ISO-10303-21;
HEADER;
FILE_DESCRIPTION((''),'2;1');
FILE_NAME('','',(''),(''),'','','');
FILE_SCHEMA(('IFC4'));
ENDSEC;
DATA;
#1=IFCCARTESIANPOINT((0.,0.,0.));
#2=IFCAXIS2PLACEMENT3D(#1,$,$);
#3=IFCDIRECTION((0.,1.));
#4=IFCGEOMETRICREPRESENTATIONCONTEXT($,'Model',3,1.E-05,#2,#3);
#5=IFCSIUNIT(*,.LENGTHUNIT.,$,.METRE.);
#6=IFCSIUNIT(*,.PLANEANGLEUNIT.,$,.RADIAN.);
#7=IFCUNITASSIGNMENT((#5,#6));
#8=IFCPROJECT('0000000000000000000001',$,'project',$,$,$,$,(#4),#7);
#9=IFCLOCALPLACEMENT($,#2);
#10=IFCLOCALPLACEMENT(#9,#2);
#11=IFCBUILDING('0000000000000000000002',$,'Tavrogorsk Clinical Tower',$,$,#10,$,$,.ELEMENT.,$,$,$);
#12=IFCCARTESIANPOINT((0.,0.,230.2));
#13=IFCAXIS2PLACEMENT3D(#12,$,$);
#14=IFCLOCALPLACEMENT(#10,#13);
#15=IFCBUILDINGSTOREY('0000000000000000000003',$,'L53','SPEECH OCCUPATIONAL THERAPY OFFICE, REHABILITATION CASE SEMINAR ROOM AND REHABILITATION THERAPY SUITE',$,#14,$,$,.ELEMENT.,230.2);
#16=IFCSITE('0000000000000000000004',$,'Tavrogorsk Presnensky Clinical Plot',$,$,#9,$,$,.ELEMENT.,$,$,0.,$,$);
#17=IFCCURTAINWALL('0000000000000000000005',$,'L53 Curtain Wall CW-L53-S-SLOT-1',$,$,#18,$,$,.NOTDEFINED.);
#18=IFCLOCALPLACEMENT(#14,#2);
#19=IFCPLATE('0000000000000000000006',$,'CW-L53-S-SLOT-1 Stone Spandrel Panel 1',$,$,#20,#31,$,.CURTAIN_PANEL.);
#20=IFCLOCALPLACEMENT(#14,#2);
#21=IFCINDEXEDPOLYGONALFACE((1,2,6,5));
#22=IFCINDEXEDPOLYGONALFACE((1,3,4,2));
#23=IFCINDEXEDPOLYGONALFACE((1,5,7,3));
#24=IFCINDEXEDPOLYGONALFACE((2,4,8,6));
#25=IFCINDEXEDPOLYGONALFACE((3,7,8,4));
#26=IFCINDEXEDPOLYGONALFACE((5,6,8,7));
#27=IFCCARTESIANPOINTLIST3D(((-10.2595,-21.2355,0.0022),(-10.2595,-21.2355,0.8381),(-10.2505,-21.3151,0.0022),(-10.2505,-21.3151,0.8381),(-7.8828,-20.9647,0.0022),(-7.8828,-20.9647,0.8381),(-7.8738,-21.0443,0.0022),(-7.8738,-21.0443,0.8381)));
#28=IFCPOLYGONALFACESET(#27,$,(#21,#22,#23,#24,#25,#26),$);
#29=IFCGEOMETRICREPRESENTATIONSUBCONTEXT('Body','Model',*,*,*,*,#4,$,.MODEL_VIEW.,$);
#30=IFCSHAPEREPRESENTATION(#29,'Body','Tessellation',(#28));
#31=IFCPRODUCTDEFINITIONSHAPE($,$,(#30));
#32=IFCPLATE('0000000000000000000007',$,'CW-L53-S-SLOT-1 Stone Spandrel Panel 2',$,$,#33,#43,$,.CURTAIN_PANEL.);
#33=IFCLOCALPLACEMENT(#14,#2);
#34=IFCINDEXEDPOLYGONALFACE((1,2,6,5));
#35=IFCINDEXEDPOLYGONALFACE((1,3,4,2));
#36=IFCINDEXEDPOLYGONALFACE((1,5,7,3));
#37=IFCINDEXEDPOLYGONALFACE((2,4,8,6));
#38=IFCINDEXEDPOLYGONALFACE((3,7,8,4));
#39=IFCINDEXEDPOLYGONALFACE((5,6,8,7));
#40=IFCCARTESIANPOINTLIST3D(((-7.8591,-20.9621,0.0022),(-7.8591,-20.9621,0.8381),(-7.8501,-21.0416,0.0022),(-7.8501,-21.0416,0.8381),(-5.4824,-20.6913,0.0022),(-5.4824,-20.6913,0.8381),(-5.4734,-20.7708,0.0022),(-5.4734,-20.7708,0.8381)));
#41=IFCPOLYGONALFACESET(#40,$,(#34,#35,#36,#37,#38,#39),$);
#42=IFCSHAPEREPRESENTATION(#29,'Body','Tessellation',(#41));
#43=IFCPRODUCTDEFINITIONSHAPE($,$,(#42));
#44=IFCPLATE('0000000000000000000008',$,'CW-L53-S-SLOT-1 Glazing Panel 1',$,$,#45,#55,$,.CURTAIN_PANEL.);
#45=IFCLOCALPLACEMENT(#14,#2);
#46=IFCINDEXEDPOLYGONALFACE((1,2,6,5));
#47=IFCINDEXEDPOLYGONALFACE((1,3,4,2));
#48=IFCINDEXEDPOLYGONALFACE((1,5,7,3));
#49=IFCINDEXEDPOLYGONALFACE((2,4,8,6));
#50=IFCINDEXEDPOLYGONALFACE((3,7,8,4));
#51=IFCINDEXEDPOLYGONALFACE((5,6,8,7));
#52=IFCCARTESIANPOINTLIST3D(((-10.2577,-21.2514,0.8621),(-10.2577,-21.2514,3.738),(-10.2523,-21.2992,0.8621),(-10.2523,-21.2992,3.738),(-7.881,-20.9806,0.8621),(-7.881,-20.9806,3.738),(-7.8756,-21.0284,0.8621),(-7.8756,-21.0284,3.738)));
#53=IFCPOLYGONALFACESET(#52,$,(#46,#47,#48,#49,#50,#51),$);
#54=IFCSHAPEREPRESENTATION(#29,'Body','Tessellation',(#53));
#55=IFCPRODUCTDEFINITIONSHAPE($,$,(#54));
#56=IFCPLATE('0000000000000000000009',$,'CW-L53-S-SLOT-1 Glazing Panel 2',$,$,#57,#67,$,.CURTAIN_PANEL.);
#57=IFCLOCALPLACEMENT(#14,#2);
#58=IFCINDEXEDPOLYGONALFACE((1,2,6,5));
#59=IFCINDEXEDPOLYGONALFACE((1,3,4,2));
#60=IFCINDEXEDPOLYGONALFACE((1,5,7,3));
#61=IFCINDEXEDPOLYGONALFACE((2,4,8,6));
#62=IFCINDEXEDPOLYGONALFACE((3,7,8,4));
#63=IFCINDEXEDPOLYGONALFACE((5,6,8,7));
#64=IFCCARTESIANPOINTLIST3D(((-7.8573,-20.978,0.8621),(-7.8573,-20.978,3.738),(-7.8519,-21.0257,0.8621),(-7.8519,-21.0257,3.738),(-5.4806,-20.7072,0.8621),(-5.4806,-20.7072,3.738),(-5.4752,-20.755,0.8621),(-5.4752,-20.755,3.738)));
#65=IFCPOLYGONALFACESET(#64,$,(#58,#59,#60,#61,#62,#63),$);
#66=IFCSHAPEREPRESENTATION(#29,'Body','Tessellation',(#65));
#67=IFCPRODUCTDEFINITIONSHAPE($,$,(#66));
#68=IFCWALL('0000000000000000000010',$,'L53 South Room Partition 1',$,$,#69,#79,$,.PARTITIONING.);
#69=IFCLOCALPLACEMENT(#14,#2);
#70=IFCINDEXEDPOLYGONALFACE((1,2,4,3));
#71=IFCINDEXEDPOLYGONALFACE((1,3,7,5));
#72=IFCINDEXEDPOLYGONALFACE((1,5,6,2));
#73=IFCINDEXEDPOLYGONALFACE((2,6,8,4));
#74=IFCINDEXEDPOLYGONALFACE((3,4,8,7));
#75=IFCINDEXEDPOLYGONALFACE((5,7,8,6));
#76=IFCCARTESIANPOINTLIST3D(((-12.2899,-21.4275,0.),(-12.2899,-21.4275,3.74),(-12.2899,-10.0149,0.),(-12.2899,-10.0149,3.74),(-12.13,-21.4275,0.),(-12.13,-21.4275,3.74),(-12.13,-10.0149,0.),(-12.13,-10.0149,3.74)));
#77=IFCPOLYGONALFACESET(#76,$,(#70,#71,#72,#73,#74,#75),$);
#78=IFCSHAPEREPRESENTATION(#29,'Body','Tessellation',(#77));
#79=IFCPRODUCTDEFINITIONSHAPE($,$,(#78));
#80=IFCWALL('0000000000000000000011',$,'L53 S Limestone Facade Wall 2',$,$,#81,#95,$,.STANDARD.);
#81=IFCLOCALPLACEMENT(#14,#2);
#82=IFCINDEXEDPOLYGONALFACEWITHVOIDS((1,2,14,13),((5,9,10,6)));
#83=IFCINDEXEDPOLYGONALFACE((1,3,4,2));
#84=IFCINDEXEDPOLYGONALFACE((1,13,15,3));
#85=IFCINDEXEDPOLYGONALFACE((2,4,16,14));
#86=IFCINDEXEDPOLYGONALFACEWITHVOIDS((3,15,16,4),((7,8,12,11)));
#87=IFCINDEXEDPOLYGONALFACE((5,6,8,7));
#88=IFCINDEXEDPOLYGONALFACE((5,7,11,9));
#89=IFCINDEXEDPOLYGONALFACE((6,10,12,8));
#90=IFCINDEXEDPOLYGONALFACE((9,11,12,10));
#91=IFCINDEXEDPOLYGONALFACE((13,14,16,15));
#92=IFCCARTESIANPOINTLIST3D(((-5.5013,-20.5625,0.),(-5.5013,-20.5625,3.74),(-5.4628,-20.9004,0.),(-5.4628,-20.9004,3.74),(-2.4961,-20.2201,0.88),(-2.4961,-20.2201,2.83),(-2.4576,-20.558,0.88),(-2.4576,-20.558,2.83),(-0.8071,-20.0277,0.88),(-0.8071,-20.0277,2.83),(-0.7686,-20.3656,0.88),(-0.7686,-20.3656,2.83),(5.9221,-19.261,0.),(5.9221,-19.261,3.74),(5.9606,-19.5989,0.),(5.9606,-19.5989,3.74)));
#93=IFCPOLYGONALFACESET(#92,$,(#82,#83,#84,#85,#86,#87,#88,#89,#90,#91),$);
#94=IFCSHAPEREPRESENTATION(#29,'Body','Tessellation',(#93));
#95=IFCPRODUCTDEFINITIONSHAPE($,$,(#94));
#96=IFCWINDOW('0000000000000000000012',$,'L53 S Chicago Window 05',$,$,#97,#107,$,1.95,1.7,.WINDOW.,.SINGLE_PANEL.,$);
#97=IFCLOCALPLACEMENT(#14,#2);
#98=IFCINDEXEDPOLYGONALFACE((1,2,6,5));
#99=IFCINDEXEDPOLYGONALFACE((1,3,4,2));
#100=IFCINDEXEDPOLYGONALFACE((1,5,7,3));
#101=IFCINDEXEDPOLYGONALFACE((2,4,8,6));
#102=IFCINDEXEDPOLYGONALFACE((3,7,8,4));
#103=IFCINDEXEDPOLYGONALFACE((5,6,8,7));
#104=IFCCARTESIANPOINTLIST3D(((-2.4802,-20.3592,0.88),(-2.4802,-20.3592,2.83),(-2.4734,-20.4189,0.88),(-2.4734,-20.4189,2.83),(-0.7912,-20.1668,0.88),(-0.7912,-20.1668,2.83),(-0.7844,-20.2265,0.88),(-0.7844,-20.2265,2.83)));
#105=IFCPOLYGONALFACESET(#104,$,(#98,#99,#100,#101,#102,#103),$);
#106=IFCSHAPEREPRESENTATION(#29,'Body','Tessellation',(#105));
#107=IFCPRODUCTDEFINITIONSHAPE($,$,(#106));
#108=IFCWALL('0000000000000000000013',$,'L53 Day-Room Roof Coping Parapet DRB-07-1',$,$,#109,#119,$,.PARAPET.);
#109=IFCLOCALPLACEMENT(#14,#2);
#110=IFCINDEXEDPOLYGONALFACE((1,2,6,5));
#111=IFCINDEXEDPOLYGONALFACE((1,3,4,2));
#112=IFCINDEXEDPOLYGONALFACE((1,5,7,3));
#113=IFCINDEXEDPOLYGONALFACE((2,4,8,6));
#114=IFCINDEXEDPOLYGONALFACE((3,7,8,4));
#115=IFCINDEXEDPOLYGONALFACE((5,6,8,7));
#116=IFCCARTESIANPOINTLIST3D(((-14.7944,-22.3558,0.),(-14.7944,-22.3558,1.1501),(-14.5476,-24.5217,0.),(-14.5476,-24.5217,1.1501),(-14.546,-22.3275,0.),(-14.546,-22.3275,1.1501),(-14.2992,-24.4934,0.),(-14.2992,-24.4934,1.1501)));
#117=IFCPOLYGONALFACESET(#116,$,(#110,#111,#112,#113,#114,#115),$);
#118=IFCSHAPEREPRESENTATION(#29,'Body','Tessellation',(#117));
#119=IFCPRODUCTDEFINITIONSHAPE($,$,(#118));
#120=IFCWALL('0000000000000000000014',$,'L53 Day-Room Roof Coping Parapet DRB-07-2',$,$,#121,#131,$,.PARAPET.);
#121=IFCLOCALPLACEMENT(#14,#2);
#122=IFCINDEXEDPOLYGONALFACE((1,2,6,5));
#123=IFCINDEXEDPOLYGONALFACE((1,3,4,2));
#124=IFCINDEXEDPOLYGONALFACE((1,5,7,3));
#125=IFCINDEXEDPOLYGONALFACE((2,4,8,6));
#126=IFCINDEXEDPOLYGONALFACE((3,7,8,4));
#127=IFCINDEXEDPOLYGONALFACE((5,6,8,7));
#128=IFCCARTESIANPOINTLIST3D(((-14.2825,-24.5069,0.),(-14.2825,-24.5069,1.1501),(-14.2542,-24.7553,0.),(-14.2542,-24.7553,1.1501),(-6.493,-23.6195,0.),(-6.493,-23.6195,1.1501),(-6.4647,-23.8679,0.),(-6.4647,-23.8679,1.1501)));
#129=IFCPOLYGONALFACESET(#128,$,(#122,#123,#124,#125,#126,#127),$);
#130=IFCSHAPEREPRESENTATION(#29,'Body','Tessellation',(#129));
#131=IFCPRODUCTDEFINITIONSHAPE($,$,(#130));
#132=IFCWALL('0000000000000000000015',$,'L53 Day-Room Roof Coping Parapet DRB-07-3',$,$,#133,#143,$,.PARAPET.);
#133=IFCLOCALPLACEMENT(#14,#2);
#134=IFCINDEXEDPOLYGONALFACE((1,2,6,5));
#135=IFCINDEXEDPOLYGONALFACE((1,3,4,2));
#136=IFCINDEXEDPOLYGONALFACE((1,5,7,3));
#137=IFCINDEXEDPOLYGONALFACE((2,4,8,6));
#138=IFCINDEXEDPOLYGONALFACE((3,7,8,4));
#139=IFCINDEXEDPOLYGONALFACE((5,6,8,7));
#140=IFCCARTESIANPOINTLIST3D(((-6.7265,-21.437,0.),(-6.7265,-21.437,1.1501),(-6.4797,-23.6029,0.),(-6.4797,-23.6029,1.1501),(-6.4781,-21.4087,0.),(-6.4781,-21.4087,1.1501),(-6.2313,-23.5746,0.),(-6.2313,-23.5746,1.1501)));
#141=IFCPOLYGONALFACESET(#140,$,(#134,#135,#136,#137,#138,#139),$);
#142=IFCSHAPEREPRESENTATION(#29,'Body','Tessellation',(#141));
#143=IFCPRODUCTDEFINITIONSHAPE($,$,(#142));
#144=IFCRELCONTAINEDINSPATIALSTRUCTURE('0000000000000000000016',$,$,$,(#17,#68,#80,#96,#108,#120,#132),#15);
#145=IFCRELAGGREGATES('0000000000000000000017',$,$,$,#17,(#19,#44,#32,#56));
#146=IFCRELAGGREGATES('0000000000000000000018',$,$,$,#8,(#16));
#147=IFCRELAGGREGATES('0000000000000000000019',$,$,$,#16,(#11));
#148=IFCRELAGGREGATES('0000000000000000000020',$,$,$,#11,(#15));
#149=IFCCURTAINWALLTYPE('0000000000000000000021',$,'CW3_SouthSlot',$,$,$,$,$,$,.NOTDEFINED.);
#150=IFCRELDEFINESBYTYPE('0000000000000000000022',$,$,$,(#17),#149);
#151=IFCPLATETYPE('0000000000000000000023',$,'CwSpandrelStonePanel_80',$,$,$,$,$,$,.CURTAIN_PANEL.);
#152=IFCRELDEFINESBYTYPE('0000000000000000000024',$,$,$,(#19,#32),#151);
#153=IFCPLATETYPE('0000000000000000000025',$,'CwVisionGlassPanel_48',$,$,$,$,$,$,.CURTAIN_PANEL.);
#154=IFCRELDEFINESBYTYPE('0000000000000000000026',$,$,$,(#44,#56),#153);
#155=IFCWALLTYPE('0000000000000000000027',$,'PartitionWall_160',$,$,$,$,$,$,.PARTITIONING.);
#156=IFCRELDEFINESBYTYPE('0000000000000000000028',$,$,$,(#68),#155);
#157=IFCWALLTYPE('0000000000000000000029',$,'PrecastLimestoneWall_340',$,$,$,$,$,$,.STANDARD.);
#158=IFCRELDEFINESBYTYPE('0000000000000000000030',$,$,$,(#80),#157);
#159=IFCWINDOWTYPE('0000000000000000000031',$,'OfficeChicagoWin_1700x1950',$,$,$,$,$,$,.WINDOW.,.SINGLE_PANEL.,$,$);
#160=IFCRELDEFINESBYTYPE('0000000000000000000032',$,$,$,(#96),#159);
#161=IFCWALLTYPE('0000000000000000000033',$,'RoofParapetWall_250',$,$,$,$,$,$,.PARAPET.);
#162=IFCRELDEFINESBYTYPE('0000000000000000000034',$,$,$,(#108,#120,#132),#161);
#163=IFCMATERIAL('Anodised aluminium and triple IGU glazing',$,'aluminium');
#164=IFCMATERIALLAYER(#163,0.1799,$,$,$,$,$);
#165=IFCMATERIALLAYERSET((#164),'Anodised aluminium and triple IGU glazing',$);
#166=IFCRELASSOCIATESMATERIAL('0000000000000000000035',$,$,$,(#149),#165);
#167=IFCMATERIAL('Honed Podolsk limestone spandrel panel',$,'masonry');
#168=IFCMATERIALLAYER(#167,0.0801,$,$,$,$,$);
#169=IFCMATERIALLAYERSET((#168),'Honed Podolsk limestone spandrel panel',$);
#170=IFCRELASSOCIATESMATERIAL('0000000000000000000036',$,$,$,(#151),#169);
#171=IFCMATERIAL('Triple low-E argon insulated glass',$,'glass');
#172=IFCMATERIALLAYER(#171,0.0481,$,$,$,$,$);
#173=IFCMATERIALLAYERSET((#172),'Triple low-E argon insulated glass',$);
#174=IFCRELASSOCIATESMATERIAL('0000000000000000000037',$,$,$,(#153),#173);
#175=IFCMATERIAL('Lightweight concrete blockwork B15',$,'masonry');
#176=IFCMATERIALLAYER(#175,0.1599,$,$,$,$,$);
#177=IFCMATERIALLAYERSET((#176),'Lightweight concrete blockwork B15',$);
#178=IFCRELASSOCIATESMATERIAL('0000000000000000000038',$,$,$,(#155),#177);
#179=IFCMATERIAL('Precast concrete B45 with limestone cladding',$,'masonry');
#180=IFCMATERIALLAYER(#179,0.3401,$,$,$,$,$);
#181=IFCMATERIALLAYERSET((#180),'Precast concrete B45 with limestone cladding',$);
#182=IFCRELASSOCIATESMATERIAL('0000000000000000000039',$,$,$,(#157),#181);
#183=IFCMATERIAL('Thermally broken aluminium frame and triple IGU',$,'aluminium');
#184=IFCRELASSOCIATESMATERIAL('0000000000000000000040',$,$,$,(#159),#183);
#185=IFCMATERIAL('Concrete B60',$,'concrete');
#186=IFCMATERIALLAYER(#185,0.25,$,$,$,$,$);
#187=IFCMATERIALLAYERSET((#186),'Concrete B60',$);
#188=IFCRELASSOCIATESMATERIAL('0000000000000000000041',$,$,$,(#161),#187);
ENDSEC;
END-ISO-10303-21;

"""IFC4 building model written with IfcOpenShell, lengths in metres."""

from ifc_helpers import new_model, si_unit, direction, frame, frame_2d, origin, origin_2d, place, context, subcontext, project, spatial, rectangle, extrude, material, layer, layer_set, type_object, element, fill, aggregate, save


model = new_model("IFC4")

# Units and contexts
model_context = context("Model", 3, precision=1e-05, world=origin(), true_north=direction((0.0, 1.0)))
body_context = subcontext(model_context, "Body", "Model", "MODEL_VIEW")
ifc_project = project(units=[si_unit("LENGTHUNIT", "METRE"), si_unit("PLANEANGLEUNIT", "RADIAN")], contexts=[model_context])

# Site, building, storey
site_placement = place(None, origin())
site = spatial("IfcSite", under=ifc_project, at=site_placement, Name="Tavrogorsk Presnensky Clinical Plot", CompositionType="ELEMENT", RefElevation=0.0)
building_placement = place(site_placement, origin())
building = spatial("IfcBuilding", under=site, at=building_placement, Name="Tavrogorsk Clinical Tower", CompositionType="ELEMENT")
storey_placement = place(building_placement, frame((0.0, 0.0, 230.2)))
storey = spatial("IfcBuildingStorey", under=building, at=storey_placement, Name="L53", Description="SPEECH OCCUPATIONAL THERAPY OFFICE, REHABILITATION CASE SEMINAR ROOM AND REHABILITATION THERAPY SUITE", CompositionType="ELEMENT", Elevation=230.2)

# Curtain wall
ifc_material_1 = material(Name="Anodised aluminium and triple IGU glazing", Category="aluminium")
ifc_layer_1 = layer(ifc_material_1, 0.1799)
ifc_layer_set_1 = layer_set([ifc_layer_1], Name="Anodised aluminium and triple IGU glazing")
curtain_wall_type = type_object("IfcCurtainWallType", Name="CW3_SouthSlot", PredefinedType="NOTDEFINED", material=ifc_layer_set_1)
curtain_wall_placement = place(storey_placement, origin())
curtain_wall = element("IfcCurtainWall", 1, at=curtain_wall_placement, inside=storey, type_object=curtain_wall_type, Name="L53 Curtain Wall CW-L53-S-SLOT-1", PredefinedType="NOTDEFINED")

# Plates
ifc_material_2 = material(Name="Honed Podolsk limestone spandrel panel", Category="masonry")
ifc_layer_2 = layer(ifc_material_2, 0.0801)
ifc_layer_set_2 = layer_set([ifc_layer_2], Name="Honed Podolsk limestone spandrel panel")
plate_type_1 = type_object("IfcPlateType", Name="CwSpandrelStonePanel_80", PredefinedType="CURTAIN_PANEL", material=ifc_layer_set_2)
plate_1_placement = place(storey_placement, frame((-9.0667, -21.1399, 0.0022), z_axis=(0.0, 0.0, 1.0), x_axis=(0.993572, 0.113203, 0.0)))
plate_1 = element("IfcPlate", 2, at=plate_1_placement, type_object=plate_type_1, Name="CW-L53-S-SLOT-1 Stone Spandrel Panel 1", PredefinedType="CURTAIN_PANEL", context=body_context, shape_type="SweptSolid", body=[
    extrude(rectangle(XDim=2.3921, YDim=0.0801, at=origin_2d()), origin(), (0.0, 0.0, 1.0), 0.8359),
])
plate_2_placement = place(storey_placement, frame((-6.6663, -20.8665, 0.0022), z_axis=(0.0, 0.0, 1.0), x_axis=(0.993572, 0.113203, 0.0)))
plate_2 = element("IfcPlate", 3, at=plate_2_placement, type_object=plate_type_1, Name="CW-L53-S-SLOT-1 Stone Spandrel Panel 2", PredefinedType="CURTAIN_PANEL", context=body_context, shape_type="SweptSolid", body=[
    extrude(rectangle(XDim=2.3921, YDim=0.0801, at=origin_2d()), origin(), (0.0, 0.0, 1.0), 0.8359),
])
ifc_material_3 = material(Name="Triple low-E argon insulated glass", Category="glass")
ifc_layer_3 = layer(ifc_material_3, 0.0481)
ifc_layer_set_3 = layer_set([ifc_layer_3], Name="Triple low-E argon insulated glass")
plate_type_2 = type_object("IfcPlateType", Name="CwVisionGlassPanel_48", PredefinedType="CURTAIN_PANEL", material=ifc_layer_set_3)
plate_3_placement = place(storey_placement, frame((-9.0667, -21.1399, 0.8621), z_axis=(0.0, 0.0, 1.0), x_axis=(0.993572, 0.113203, 0.0)))
plate_3 = element("IfcPlate", 4, at=plate_3_placement, type_object=plate_type_2, Name="CW-L53-S-SLOT-1 Glazing Panel 1", PredefinedType="CURTAIN_PANEL", context=body_context, shape_type="SweptSolid", body=[
    extrude(rectangle(XDim=2.3921, YDim=0.0481, at=origin_2d()), origin(), (0.0, 0.0, 1.0), 2.876),
])
plate_4_placement = place(storey_placement, frame((-6.6663, -20.8665, 0.8621), z_axis=(0.0, 0.0, 1.0), x_axis=(0.993572, 0.113203, 0.0)))
plate_4 = element("IfcPlate", 5, at=plate_4_placement, type_object=plate_type_2, Name="CW-L53-S-SLOT-1 Glazing Panel 2", PredefinedType="CURTAIN_PANEL", context=body_context, shape_type="SweptSolid", body=[
    extrude(rectangle(XDim=2.3921, YDim=0.0481, at=origin_2d()), origin(), (0.0, 0.0, 1.0), 2.876),
])
aggregate(curtain_wall, [plate_1, plate_3, plate_2, plate_4])

# Wall
ifc_material_4 = material(Name="Lightweight concrete blockwork B15", Category="masonry")
ifc_layer_4 = layer(ifc_material_4, 0.1599)
ifc_layer_set_4 = layer_set([ifc_layer_4], Name="Lightweight concrete blockwork B15")
wall_type_1 = type_object("IfcWallType", Name="PartitionWall_160", PredefinedType="PARTITIONING", material=ifc_layer_set_4)
wall_1_placement = place(storey_placement, frame((-12.21, -21.4275, 0.0), z_axis=(0.0, 0.0, 1.0), x_axis=(0.0, 1.0, 0.0)))
element("IfcWall", 6, at=wall_1_placement, inside=storey, type_object=wall_type_1, Name="L53 South Room Partition 1", PredefinedType="PARTITIONING", context=body_context, shape_type="SweptSolid", body=[
    extrude(rectangle(XDim=11.4126, YDim=0.1599, at=frame_2d((5.7063, 0.0))), origin(), (0.0, 0.0, 1.0), 3.74),
])

# Wall, opening, window
ifc_material_5 = material(Name="Precast concrete B45 with limestone cladding", Category="masonry")
ifc_layer_5 = layer(ifc_material_5, 0.3401)
ifc_layer_set_5 = layer_set([ifc_layer_5], Name="Precast concrete B45 with limestone cladding")
wall_type_2 = type_object("IfcWallType", Name="PrecastLimestoneWall_340", PredefinedType="STANDARD", material=ifc_layer_set_5)
wall_2_placement = place(storey_placement, frame((-5.4819, -20.7314, 0.0), z_axis=(0.0, 0.0, 1.0), x_axis=(0.993572, 0.113202, 0.0)))
wall_2 = element("IfcWall", 7, at=wall_2_placement, inside=storey, type_object=wall_type_2, Name="L53 S Limestone Facade Wall 2", PredefinedType="STANDARD", context=body_context, shape_type="SweptSolid", body=[
    extrude(rectangle(XDim=11.4973, YDim=0.3401, at=frame_2d((5.7485, 0.0))), origin(), (0.0, 0.0, 1.0), 3.74),
])
opening_placement = place(wall_2_placement, frame((3.0244, 0.0, 0.8799)))
opening = element("IfcOpeningElement", 8, at=opening_placement, cuts=wall_2, PredefinedType="OPENING", context=body_context, shape_type="SweptSolid", body=[
    extrude(rectangle(XDim=1.7, YDim=1.95, at=frame_2d((0.8501, 0.9751))), frame((0.0, 0.1799, 0.0), z_axis=(0.0, -1.0, 0.0), x_axis=(1.0, 0.0, 0.0)), (0.0, 0.0, 1.0), 0.3601),
])
ifc_material_6 = material(Name="Thermally broken aluminium frame and triple IGU", Category="aluminium")
window_type = type_object("IfcWindowType", Name="OfficeChicagoWin_1700x1950", PartitioningType="SINGLE_PANEL", PredefinedType="WINDOW", material=ifc_material_6)
window_placement = place(opening_placement, origin())
window = element("IfcWindow", 9, at=window_placement, inside=storey, type_object=window_type, Name="L53 S Chicago Window 05", OverallHeight=1.95, OverallWidth=1.7, PartitioningType="SINGLE_PANEL", PredefinedType="WINDOW", context=body_context, shape_type="SweptSolid", body=[
    extrude(rectangle(XDim=1.7, YDim=1.95, at=frame_2d((0.8501, 0.9751))), frame((0.0, 0.03, 0.0), z_axis=(0.0, -1.0, 0.0), x_axis=(1.0, 0.0, 0.0)), (0.0, 0.0, 1.0), 0.0601),
])
fill(opening, window)

# Walls
ifc_material_7 = material(Name="Concrete B60", Category="concrete")
ifc_layer_6 = layer(ifc_material_7, 0.25)
ifc_layer_set_6 = layer_set([ifc_layer_6], Name="Concrete B60")
wall_type_3 = type_object("IfcWallType", Name="RoofParapetWall_250", PredefinedType="PARAPET", material=ifc_layer_set_6)
wall_3_placement = place(storey_placement, frame((-14.6702, -22.3418, 0.0), z_axis=(0.0, 0.0, 1.0), x_axis=(0.113221, -0.99357, 0.0)))
element("IfcWall", 10, at=wall_3_placement, inside=storey, type_object=wall_type_3, Name="L53 Day-Room Roof Coping Parapet DRB-07-1", PredefinedType="PARAPET", context=body_context, shape_type="SweptSolid", body=[
    extrude(rectangle(XDim=2.1799, YDim=0.25, at=frame_2d((1.0898, 0.0))), origin(), (0.0, 0.0, 1.0), 1.1501),
])
wall_4_placement = place(storey_placement, frame((-14.2683, -24.6311, 0.0), z_axis=(0.0, 0.0, 1.0), x_axis=(0.993573, 0.113196, 0.0)))
element("IfcWall", 11, at=wall_4_placement, inside=storey, type_object=wall_type_3, Name="L53 Day-Room Roof Coping Parapet DRB-07-2", PredefinedType="PARAPET", context=body_context, shape_type="SweptSolid", body=[
    extrude(rectangle(XDim=7.8398, YDim=0.25, at=frame_2d((3.9199, 0.0))), origin(), (0.0, 0.0, 1.0), 1.1501),
])
wall_5_placement = place(storey_placement, frame((-6.3555, -23.5886, 0.0), z_axis=(0.0, 0.0, 1.0), x_axis=(-0.113221, 0.99357, 0.0)))
element("IfcWall", 12, at=wall_5_placement, inside=storey, type_object=wall_type_3, Name="L53 Day-Room Roof Coping Parapet DRB-07-3", PredefinedType="PARAPET", context=body_context, shape_type="SweptSolid", body=[
    extrude(rectangle(XDim=2.1799, YDim=0.25, at=frame_2d((1.0898, 0.0))), origin(), (0.0, 0.0, 1.0), 1.1501),
])

save(model, "model.ifc")
